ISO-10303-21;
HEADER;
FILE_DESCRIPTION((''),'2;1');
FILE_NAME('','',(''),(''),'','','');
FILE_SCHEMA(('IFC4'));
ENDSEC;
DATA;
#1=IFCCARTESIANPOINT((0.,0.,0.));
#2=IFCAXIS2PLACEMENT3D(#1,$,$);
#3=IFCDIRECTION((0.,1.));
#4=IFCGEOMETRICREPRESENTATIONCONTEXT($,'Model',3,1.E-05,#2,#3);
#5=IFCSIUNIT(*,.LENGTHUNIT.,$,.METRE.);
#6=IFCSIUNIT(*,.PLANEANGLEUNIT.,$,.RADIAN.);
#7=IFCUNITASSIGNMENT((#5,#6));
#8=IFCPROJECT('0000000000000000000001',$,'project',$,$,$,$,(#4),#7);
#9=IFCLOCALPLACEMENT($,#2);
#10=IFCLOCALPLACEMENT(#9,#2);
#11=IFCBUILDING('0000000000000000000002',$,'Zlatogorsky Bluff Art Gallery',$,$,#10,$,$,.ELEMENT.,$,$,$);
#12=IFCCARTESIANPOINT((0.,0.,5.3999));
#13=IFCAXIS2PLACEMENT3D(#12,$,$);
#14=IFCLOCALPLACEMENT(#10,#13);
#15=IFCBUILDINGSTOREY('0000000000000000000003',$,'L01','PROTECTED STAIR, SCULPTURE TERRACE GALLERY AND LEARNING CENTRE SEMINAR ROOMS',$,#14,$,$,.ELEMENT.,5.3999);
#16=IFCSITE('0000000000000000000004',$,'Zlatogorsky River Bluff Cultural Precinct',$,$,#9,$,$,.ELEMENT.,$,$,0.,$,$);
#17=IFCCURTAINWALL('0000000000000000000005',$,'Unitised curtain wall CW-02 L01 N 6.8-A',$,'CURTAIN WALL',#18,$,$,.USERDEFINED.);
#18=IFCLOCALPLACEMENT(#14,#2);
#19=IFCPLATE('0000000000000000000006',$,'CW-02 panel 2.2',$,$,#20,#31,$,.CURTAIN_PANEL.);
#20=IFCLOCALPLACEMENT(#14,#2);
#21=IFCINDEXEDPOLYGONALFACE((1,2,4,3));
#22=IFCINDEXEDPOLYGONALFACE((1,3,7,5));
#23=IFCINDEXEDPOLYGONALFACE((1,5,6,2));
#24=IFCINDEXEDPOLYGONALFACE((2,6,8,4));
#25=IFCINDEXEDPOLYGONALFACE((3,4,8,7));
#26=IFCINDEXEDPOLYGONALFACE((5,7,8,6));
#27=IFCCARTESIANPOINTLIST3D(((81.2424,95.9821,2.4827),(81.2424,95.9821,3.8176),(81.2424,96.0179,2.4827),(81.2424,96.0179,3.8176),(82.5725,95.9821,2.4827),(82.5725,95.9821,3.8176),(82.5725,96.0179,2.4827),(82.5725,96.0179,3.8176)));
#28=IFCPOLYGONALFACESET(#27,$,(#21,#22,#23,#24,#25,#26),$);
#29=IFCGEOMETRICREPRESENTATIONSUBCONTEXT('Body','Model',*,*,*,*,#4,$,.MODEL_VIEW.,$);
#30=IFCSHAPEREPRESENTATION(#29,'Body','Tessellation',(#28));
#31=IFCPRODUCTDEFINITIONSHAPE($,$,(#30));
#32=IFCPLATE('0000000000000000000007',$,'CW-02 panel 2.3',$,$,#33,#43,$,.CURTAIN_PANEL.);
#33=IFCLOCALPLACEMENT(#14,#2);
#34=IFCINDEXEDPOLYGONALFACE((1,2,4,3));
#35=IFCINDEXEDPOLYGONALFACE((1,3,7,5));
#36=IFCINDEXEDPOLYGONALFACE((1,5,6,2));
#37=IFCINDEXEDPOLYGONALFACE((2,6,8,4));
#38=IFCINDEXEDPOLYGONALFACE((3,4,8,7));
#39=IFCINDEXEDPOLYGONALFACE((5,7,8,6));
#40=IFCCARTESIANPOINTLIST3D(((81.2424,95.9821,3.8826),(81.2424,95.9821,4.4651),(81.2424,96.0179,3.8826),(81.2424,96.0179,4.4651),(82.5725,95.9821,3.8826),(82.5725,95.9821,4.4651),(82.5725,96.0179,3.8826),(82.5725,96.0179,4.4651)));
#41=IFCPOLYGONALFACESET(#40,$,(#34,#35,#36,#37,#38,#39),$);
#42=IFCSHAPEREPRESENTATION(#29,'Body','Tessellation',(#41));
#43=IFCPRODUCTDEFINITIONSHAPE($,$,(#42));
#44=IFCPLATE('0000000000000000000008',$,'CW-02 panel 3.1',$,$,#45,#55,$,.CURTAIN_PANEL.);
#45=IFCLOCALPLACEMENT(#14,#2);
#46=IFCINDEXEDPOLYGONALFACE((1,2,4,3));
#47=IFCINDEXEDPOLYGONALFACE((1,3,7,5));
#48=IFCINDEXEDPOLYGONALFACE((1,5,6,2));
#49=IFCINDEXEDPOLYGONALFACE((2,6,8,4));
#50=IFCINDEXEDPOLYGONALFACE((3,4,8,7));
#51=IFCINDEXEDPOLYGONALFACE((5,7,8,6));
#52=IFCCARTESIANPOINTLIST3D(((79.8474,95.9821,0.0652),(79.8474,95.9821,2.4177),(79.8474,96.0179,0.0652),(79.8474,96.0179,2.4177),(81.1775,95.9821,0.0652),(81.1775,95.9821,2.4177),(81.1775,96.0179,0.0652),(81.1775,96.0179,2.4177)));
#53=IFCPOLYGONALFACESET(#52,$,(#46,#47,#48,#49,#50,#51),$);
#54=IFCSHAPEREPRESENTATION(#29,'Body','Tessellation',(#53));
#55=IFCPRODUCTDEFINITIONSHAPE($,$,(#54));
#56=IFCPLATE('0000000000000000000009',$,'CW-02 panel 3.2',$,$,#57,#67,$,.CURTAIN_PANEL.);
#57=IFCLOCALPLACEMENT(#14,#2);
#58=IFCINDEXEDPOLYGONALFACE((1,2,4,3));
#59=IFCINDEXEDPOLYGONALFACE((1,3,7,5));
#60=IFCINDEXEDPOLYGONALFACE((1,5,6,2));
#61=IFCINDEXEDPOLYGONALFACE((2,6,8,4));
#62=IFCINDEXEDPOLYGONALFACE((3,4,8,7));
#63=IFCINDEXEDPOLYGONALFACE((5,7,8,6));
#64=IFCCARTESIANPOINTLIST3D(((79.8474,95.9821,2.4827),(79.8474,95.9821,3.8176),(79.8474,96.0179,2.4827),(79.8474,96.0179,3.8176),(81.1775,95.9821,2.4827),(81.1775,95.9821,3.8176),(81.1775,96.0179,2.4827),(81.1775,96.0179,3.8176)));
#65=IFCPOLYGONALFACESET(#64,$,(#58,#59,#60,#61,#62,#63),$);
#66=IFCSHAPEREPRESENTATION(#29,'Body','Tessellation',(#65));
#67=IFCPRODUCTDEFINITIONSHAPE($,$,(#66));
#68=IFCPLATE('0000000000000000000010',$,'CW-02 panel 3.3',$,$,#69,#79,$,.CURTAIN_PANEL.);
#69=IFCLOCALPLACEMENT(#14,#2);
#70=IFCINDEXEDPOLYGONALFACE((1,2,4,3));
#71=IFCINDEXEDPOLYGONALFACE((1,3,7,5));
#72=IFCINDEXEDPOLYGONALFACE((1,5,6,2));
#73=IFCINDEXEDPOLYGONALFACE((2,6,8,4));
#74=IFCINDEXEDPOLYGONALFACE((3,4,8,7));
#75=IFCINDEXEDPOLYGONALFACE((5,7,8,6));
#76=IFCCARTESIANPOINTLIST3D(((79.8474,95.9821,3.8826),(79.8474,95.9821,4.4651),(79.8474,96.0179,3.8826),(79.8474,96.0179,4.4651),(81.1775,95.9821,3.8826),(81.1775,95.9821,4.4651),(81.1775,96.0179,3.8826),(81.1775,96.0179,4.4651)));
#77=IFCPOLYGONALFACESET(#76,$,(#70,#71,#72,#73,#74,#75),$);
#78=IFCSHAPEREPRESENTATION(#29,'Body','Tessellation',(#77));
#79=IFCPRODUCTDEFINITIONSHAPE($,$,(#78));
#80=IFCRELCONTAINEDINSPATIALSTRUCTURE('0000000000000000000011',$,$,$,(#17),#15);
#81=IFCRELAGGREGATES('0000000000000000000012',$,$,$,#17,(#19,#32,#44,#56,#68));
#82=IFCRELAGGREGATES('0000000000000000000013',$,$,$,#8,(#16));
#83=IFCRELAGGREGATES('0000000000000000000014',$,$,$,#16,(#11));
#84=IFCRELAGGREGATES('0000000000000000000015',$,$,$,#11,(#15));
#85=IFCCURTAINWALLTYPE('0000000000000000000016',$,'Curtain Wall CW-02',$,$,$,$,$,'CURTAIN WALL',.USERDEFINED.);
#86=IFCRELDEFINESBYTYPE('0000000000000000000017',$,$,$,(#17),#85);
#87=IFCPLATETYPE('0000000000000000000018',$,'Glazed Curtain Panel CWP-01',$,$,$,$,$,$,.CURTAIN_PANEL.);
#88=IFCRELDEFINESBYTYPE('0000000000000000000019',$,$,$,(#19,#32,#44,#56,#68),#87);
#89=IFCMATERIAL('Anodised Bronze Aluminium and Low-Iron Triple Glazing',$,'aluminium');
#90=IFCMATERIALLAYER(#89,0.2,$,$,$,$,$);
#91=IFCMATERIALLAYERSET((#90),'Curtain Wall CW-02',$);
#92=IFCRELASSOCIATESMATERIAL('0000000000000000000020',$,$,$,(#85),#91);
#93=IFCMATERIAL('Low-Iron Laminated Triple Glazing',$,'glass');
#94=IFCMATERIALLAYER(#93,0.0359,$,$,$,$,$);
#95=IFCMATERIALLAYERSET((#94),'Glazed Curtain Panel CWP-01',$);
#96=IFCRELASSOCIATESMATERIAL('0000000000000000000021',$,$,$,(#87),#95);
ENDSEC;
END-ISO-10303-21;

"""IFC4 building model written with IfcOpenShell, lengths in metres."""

from ifc_helpers import new_model, si_unit, direction, frame, origin, origin_2d, place, context, subcontext, project, spatial, rectangle, extrude, material, layer, layer_set, type_object, element, aggregate, save


model = new_model("IFC4")

# Units and contexts
model_context = context("Model", 3, precision=1e-05, world=origin(), true_north=direction((0.0, 1.0)))
body_context = subcontext(model_context, "Body", "Model", "MODEL_VIEW")
ifc_project = project(units=[si_unit("LENGTHUNIT", "METRE"), si_unit("PLANEANGLEUNIT", "RADIAN")], contexts=[model_context])

# Site, building, storey
site_placement = place(None, origin())
site = spatial("IfcSite", under=ifc_project, at=site_placement, Name="Zlatogorsky River Bluff Cultural Precinct", CompositionType="ELEMENT", RefElevation=0.0)
building_placement = place(site_placement, origin())
building = spatial("IfcBuilding", under=site, at=building_placement, Name="Zlatogorsky Bluff Art Gallery", CompositionType="ELEMENT")
storey_placement = place(building_placement, frame((0.0, 0.0, 5.3999)))
storey = spatial("IfcBuildingStorey", under=building, at=storey_placement, Name="L01", Description="PROTECTED STAIR, SCULPTURE TERRACE GALLERY AND LEARNING CENTRE SEMINAR ROOMS", CompositionType="ELEMENT", Elevation=5.3999)

# Curtain wall, plates
ifc_material_1 = material(Name="Anodised Bronze Aluminium and Low-Iron Triple Glazing", Category="aluminium")
ifc_layer_1 = layer(ifc_material_1, 0.2)
ifc_layer_set_1 = layer_set([ifc_layer_1], Name="Curtain Wall CW-02")
curtain_wall_type = type_object("IfcCurtainWallType", Name="Curtain Wall CW-02", ElementType="CURTAIN WALL", PredefinedType="USERDEFINED", material=ifc_layer_set_1)
curtain_wall_placement = place(storey_placement, origin())
curtain_wall = element("IfcCurtainWall", 1, at=curtain_wall_placement, inside=storey, type_object=curtain_wall_type, Name="Unitised curtain wall CW-02 L01 N 6.8-A", ObjectType="CURTAIN WALL", PredefinedType="USERDEFINED")
ifc_material_2 = material(Name="Low-Iron Laminated Triple Glazing", Category="glass")
ifc_layer_2 = layer(ifc_material_2, 0.0359)
ifc_layer_set_2 = layer_set([ifc_layer_2], Name="Glazed Curtain Panel CWP-01")
plate_type = type_object("IfcPlateType", Name="Glazed Curtain Panel CWP-01", PredefinedType="CURTAIN_PANEL", material=ifc_layer_set_2)
plate_1_placement = place(storey_placement, frame((81.9075, 96.0, 2.4827), z_axis=(0.0, 0.0, 1.0), x_axis=(-1.0, 0.0, 0.0)))
plate_1 = element("IfcPlate", 2, at=plate_1_placement, type_object=plate_type, Name="CW-02 panel 2.2", PredefinedType="CURTAIN_PANEL", context=body_context, shape_type="SweptSolid", body=[
    extrude(rectangle(XDim=1.3301, YDim=0.0359, at=origin_2d()), origin(), (0.0, 0.0, 1.0), 1.335),
])
plate_2_placement = place(storey_placement, frame((81.9075, 96.0, 3.8826), z_axis=(0.0, 0.0, 1.0), x_axis=(-1.0, 0.0, 0.0)))
plate_2 = element("IfcPlate", 3, at=plate_2_placement, type_object=plate_type, Name="CW-02 panel 2.3", PredefinedType="CURTAIN_PANEL", context=body_context, shape_type="SweptSolid", body=[
    extrude(rectangle(XDim=1.3301, YDim=0.0359, at=origin_2d()), origin(), (0.0, 0.0, 1.0), 0.5825),
])
plate_3_placement = place(storey_placement, frame((80.5125, 96.0, 0.0652), z_axis=(0.0, 0.0, 1.0), x_axis=(-1.0, 0.0, 0.0)))
plate_3 = element("IfcPlate", 4, at=plate_3_placement, type_object=plate_type, Name="CW-02 panel 3.1", PredefinedType="CURTAIN_PANEL", context=body_context, shape_type="SweptSolid", body=[
    extrude(rectangle(XDim=1.3301, YDim=0.0359, at=origin_2d()), origin(), (0.0, 0.0, 1.0), 2.3525),
])
plate_4_placement = place(storey_placement, frame((80.5125, 96.0, 2.4827), z_axis=(0.0, 0.0, 1.0), x_axis=(-1.0, 0.0, 0.0)))
plate_4 = element("IfcPlate", 5, at=plate_4_placement, type_object=plate_type, Name="CW-02 panel 3.2", PredefinedType="CURTAIN_PANEL", context=body_context, shape_type="SweptSolid", body=[
    extrude(rectangle(XDim=1.3301, YDim=0.0359, at=origin_2d()), origin(), (0.0, 0.0, 1.0), 1.335),
])
plate_5_placement = place(storey_placement, frame((80.5125, 96.0, 3.8826), z_axis=(0.0, 0.0, 1.0), x_axis=(-1.0, 0.0, 0.0)))
plate_5 = element("IfcPlate", 6, at=plate_5_placement, type_object=plate_type, Name="CW-02 panel 3.3", PredefinedType="CURTAIN_PANEL", context=body_context, shape_type="SweptSolid", body=[
    extrude(rectangle(XDim=1.3301, YDim=0.0359, at=origin_2d()), origin(), (0.0, 0.0, 1.0), 0.5825),
])
aggregate(curtain_wall, [plate_1, plate_2, plate_3, plate_4, plate_5])

save(model, "model.ifc")
